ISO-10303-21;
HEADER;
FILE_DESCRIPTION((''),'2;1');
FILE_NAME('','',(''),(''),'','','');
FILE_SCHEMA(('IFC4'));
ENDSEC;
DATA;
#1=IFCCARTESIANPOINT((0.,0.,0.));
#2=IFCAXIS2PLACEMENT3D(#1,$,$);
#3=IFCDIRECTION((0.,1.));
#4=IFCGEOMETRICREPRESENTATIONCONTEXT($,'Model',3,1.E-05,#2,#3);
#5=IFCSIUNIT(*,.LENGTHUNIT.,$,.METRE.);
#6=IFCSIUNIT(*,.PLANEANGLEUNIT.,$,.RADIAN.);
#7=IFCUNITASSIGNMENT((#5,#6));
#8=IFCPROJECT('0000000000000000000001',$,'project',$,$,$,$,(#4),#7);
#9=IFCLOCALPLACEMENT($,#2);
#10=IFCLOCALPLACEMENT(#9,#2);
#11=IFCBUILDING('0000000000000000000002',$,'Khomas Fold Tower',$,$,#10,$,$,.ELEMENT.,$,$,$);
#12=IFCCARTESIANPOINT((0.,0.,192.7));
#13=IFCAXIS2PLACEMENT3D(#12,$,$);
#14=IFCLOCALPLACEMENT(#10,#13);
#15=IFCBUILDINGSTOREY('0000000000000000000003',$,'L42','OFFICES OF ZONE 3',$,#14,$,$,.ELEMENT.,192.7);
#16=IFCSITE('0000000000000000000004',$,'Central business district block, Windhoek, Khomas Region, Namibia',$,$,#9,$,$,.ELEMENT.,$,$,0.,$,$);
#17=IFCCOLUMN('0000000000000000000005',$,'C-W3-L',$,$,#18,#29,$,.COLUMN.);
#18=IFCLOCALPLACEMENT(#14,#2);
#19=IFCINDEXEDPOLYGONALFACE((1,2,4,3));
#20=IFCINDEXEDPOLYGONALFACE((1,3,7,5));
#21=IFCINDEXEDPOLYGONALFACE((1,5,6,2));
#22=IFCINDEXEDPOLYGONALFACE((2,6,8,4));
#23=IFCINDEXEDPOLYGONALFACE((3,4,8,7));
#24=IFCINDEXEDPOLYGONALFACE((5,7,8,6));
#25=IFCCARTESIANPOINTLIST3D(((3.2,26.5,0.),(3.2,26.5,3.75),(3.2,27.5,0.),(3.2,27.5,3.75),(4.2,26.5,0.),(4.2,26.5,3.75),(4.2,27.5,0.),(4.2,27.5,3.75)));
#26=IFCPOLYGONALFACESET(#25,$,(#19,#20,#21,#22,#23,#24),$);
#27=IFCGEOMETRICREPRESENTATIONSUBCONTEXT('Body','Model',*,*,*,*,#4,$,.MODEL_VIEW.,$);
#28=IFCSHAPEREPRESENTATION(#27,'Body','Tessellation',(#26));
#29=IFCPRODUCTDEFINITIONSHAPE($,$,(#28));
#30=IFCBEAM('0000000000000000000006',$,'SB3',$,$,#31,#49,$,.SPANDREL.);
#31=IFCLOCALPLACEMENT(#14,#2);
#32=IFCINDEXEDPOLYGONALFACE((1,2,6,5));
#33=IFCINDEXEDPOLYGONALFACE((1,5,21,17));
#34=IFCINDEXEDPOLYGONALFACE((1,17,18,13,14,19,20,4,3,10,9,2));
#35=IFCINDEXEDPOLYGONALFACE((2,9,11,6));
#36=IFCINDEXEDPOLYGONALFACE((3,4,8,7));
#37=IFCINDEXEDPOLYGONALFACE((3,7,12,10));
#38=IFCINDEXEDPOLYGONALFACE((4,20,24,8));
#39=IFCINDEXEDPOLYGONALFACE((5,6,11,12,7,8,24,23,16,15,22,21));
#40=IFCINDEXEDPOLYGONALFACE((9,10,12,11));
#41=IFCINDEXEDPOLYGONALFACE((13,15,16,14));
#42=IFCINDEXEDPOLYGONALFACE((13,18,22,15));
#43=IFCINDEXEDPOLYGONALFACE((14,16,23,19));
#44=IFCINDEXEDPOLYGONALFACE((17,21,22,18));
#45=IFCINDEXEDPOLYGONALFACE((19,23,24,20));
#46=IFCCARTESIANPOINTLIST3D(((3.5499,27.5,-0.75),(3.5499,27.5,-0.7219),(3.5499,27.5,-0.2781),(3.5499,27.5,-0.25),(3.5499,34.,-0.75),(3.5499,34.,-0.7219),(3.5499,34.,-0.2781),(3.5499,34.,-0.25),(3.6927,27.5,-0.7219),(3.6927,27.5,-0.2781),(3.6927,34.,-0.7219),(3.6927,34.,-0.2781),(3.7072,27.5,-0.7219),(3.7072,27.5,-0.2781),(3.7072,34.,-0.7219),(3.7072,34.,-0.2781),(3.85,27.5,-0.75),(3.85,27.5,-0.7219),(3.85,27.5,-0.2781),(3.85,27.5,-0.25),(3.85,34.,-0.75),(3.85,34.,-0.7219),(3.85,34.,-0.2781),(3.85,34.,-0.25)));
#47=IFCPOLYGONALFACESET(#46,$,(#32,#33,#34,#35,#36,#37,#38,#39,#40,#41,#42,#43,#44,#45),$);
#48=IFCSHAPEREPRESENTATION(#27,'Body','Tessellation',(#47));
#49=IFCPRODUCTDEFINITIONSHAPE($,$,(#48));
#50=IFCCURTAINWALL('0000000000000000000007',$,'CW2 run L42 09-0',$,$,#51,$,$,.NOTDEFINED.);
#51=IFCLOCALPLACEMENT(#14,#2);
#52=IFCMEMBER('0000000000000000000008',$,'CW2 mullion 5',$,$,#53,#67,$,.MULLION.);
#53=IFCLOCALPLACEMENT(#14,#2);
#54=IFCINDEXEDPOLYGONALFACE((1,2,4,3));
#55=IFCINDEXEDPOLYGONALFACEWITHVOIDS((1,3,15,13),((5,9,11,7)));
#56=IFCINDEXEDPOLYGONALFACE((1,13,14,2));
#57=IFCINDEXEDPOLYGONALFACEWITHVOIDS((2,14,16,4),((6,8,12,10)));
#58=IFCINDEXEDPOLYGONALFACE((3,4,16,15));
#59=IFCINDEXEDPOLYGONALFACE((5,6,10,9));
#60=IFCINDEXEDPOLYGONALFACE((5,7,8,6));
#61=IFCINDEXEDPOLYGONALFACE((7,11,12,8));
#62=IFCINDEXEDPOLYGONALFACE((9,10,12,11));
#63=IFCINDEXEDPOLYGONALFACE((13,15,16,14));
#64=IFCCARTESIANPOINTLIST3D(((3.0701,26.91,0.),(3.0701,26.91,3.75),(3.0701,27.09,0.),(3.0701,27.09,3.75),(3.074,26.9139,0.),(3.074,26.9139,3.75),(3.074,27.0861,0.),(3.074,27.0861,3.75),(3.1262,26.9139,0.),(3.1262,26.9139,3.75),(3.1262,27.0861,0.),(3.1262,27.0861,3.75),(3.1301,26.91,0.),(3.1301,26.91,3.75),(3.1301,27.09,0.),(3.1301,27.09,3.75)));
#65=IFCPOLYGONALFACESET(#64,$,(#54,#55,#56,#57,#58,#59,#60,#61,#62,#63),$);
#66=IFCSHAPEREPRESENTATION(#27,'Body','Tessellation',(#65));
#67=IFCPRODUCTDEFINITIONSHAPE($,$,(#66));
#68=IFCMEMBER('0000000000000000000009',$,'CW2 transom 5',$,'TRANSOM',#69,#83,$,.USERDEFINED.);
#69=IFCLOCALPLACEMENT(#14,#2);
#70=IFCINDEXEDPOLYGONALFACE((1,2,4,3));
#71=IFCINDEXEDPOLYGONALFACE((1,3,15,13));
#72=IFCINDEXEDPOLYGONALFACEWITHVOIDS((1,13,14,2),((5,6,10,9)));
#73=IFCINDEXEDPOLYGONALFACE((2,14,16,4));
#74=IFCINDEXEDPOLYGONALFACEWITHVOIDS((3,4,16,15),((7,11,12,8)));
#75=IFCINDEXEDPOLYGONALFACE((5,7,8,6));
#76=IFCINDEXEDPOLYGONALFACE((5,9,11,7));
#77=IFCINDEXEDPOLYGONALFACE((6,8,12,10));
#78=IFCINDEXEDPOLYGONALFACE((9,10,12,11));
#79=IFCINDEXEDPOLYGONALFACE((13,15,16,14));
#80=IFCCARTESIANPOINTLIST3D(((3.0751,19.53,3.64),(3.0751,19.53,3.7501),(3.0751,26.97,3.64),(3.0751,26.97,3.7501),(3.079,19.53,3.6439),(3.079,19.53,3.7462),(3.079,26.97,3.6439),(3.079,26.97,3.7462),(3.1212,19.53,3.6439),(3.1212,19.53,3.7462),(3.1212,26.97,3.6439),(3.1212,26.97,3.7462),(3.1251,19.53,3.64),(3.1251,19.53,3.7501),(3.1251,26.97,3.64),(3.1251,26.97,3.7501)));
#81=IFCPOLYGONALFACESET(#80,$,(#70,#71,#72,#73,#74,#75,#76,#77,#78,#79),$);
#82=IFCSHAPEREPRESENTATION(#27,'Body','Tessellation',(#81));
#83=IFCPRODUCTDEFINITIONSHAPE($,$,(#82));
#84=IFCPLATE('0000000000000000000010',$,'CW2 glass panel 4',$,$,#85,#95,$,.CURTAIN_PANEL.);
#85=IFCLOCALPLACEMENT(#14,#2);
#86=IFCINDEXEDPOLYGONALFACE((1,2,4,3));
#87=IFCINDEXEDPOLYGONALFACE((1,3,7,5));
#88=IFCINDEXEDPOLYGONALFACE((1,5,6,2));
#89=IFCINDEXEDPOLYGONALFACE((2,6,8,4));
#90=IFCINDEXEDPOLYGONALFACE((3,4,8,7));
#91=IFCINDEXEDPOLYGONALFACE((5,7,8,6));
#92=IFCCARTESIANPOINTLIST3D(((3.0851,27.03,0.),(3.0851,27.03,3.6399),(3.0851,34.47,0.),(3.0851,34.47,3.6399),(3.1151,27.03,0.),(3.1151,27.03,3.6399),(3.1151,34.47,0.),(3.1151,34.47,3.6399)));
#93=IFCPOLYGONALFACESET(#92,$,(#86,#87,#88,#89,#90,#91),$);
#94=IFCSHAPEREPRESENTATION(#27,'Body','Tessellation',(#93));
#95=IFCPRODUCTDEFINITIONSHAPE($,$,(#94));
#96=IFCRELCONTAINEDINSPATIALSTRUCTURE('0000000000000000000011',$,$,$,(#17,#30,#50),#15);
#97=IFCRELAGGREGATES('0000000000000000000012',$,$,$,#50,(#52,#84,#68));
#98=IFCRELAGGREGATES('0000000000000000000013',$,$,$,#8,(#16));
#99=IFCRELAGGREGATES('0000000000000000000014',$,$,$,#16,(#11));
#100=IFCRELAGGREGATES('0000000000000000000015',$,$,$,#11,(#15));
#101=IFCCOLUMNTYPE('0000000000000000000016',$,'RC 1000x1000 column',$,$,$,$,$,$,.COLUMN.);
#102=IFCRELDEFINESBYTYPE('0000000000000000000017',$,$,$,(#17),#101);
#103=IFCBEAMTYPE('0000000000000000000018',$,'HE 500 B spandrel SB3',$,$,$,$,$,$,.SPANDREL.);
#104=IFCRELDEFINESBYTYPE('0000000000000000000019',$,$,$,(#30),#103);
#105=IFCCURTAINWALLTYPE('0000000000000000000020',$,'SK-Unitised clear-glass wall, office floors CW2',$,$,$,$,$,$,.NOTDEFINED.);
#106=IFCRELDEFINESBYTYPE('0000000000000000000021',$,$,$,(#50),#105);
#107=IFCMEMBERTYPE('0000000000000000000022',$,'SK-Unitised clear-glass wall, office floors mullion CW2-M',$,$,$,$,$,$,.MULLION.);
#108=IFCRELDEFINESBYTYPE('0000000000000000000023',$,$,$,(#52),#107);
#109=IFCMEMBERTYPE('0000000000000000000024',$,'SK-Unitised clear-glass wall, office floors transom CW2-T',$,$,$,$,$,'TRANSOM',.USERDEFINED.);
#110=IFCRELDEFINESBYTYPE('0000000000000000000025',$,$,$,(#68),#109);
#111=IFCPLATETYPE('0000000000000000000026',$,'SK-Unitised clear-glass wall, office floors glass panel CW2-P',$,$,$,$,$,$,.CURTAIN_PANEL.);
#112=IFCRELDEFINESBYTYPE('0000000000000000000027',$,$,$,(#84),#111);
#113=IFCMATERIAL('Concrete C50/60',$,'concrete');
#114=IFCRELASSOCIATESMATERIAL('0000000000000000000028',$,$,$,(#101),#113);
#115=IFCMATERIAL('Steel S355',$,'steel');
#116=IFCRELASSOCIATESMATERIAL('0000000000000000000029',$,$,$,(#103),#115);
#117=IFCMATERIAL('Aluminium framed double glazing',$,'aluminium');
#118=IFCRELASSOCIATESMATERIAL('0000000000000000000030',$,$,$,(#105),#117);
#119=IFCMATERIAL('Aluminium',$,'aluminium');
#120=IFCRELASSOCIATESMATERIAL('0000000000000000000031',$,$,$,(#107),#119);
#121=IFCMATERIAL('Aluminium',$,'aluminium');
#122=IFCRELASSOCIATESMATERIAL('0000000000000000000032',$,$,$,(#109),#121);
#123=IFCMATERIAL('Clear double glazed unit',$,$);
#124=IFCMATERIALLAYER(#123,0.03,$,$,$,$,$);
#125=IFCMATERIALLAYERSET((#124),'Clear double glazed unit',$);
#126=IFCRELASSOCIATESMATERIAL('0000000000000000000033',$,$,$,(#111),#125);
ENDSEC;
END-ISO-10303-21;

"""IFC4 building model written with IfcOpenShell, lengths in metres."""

from ifc_helpers import new_model, si_unit, direction, frame, origin, origin_2d, place, context, subcontext, project, spatial, rectangle, hollow_rectangle, i_section, extrude, source, transform, mapped, material, layer, layer_set, material_profile, profile_set, type_object, element, aggregate, save


model = new_model("IFC4")

# Units and contexts
model_context = context("Model", 3, precision=1e-05, world=origin(), true_north=direction((0.0, 1.0)))
body_context = subcontext(model_context, "Body", "Model", "MODEL_VIEW")
ifc_project = project(units=[si_unit("LENGTHUNIT", "METRE"), si_unit("PLANEANGLEUNIT", "RADIAN")], contexts=[model_context])

# Site, building, storey
site_placement = place(None, origin())
site = spatial("IfcSite", under=ifc_project, at=site_placement, Name="Central business district block, Windhoek, Khomas Region, Namibia", CompositionType="ELEMENT", RefElevation=0.0)
building_placement = place(site_placement, origin())
building = spatial("IfcBuilding", under=site, at=building_placement, Name="Khomas Fold Tower", CompositionType="ELEMENT")
storey_placement = place(building_placement, frame((0.0, 0.0, 192.7)))
storey = spatial("IfcBuildingStorey", under=building, at=storey_placement, Name="L42", Description="OFFICES OF ZONE 3", CompositionType="ELEMENT", Elevation=192.7)

# Column
ifc_material_1 = material(Name="Concrete C50/60", Category="concrete")
ifc_material_profile_1 = material_profile(ifc_material_1, rectangle(XDim=1.0, YDim=1.0, at=origin_2d()), Name="RC 1000x1000")
ifc_profile_set_1 = profile_set([ifc_material_profile_1], Name="Concrete C50/60")
column_type = type_object("IfcColumnType", Name="RC 1000x1000 column", PredefinedType="COLUMN", material=ifc_profile_set_1)
shared_shape_1 = source(origin(), body_context, "Body", "SweptSolid", [
    extrude(rectangle(XDim=1.0, YDim=1.0, at=origin_2d()), origin(), (0.0, 0.0, 1.0), 3.75),
])
column_placement = place(storey_placement, frame((3.7, 27.0, 0.0), z_axis=(0.0, 0.0, 1.0), x_axis=(1.0, 0.0, 0.0)))
element("IfcColumn", 1, at=column_placement, inside=storey, type_object=column_type, Name="C-W3-L", PredefinedType="COLUMN", context=body_context, shape_type="MappedRepresentation", body=[
    mapped(shared_shape_1, transform((0.0, 0.0, 0.0))),
])

# Beam
ifc_material_2 = material(Name="Steel S355", Category="steel")
ifc_material_profile_2 = material_profile(ifc_material_2, i_section(OverallWidth=0.3, OverallDepth=0.5, WebThickness=0.0144, FlangeThickness=0.0281, at=origin_2d()), Name="HE 500 B")
ifc_profile_set_2 = profile_set([ifc_material_profile_2], Name="Steel S355")
beam_type = type_object("IfcBeamType", Name="HE 500 B spandrel SB3", PredefinedType="SPANDREL", material=ifc_profile_set_2)
shared_shape_2 = source(origin(), body_context, "Body", "SweptSolid", [
    extrude(i_section(OverallWidth=0.3, OverallDepth=0.5, WebThickness=0.0144, FlangeThickness=0.0281, at=origin_2d()), origin(), (0.0, 0.0, 1.0), 6.5),
])
beam_placement = place(storey_placement, frame((3.7, 27.5, -0.5), z_axis=(0.0, 1.0, 0.0), x_axis=(-1.0, 0.0, 0.0)))
element("IfcBeam", 2, at=beam_placement, inside=storey, type_object=beam_type, Name="SB3", PredefinedType="SPANDREL", context=body_context, shape_type="MappedRepresentation", body=[
    mapped(shared_shape_2, transform((0.0, 0.0, 0.0))),
])

# Curtain wall, members, plate
ifc_material_3 = material(Name="Aluminium framed double glazing", Category="aluminium")
curtain_wall_type = type_object("IfcCurtainWallType", Name="SK-Unitised clear-glass wall, office floors CW2", PredefinedType="NOTDEFINED", material=ifc_material_3)
curtain_wall_placement = place(storey_placement, origin())
curtain_wall = element("IfcCurtainWall", 3, at=curtain_wall_placement, inside=storey, type_object=curtain_wall_type, Name="CW2 run L42 09-0", PredefinedType="NOTDEFINED")
ifc_material_4 = material(Name="Aluminium", Category="aluminium")
ifc_material_profile_3 = material_profile(ifc_material_4, hollow_rectangle(XDim=0.0601, YDim=0.1799, WallThickness=0.0039, at=origin_2d()), Name="SK-Unitised clear-glass wall, office floors mullion CW2-M")
ifc_profile_set_3 = profile_set([ifc_material_profile_3], Name="Aluminium")
member_type_1 = type_object("IfcMemberType", Name="SK-Unitised clear-glass wall, office floors mullion CW2-M", PredefinedType="MULLION", material=ifc_profile_set_3)
shared_shape_3 = source(origin(), body_context, "Body", "SweptSolid", [
    extrude(hollow_rectangle(XDim=0.0601, YDim=0.1799, WallThickness=0.0039, at=origin_2d()), origin(), (0.0, 0.0, 1.0), 3.75),
])
member_1_placement = place(storey_placement, frame((3.1001, 27.0, 0.0), z_axis=(0.0, 0.0, 1.0), x_axis=(1.0, 0.0, 0.0)))
member_1 = element("IfcMember", 4, at=member_1_placement, type_object=member_type_1, Name="CW2 mullion 5", PredefinedType="MULLION", context=body_context, shape_type="MappedRepresentation", body=[
    mapped(shared_shape_3, transform((0.0, 0.0, 0.0))),
])
ifc_material_5 = material(Name="Aluminium", Category="aluminium")
ifc_material_profile_4 = material_profile(ifc_material_5, hollow_rectangle(XDim=0.05, YDim=0.1101, WallThickness=0.0039, at=origin_2d()), Name="SK-Unitised clear-glass wall, office floors transom CW2-T")
ifc_profile_set_4 = profile_set([ifc_material_profile_4], Name="Aluminium")
member_type_2 = type_object("IfcMemberType", Name="SK-Unitised clear-glass wall, office floors transom CW2-T", ElementType="TRANSOM", PredefinedType="USERDEFINED", material=ifc_profile_set_4)
shared_shape_4 = source(origin(), body_context, "Body", "SweptSolid", [
    extrude(hollow_rectangle(XDim=0.05, YDim=0.1101, WallThickness=0.0039, at=origin_2d()), origin(), (0.0, 0.0, 1.0), 7.4399),
])
member_2_placement = place(storey_placement, frame((3.1001, 26.97, 3.6951), z_axis=(0.0, -1.0, 0.0), x_axis=(1.0, 0.0, 0.0)))
member_2 = element("IfcMember", 5, at=member_2_placement, type_object=member_type_2, Name="CW2 transom 5", ObjectType="TRANSOM", PredefinedType="USERDEFINED", context=body_context, shape_type="MappedRepresentation", body=[
    mapped(shared_shape_4, transform((0.0, 0.0, 0.0))),
])
ifc_material_6 = material(Name="Clear double glazed unit")
ifc_layer_1 = layer(ifc_material_6, 0.03)
ifc_layer_set_1 = layer_set([ifc_layer_1], Name="Clear double glazed unit")
plate_type = type_object("IfcPlateType", Name="SK-Unitised clear-glass wall, office floors glass panel CW2-P", PredefinedType="CURTAIN_PANEL", material=ifc_layer_set_1)
shared_shape_5 = source(origin(), body_context, "Body", "SweptSolid", [
    extrude(rectangle(XDim=7.4399, YDim=0.03, at=origin_2d()), origin(), (0.0, 0.0, 1.0), 3.6399),
])
plate_placement = place(storey_placement, frame((3.1001, 30.75, 0.0), z_axis=(0.0, 0.0, 1.0), x_axis=(0.0, -1.0, 0.0)))
plate = element("IfcPlate", 6, at=plate_placement, type_object=plate_type, Name="CW2 glass panel 4", PredefinedType="CURTAIN_PANEL", context=body_context, shape_type="MappedRepresentation", body=[
    mapped(shared_shape_5, transform((0.0, 0.0, 0.0))),
])
aggregate(curtain_wall, [member_1, plate, member_2])

save(model, "model.ifc")
